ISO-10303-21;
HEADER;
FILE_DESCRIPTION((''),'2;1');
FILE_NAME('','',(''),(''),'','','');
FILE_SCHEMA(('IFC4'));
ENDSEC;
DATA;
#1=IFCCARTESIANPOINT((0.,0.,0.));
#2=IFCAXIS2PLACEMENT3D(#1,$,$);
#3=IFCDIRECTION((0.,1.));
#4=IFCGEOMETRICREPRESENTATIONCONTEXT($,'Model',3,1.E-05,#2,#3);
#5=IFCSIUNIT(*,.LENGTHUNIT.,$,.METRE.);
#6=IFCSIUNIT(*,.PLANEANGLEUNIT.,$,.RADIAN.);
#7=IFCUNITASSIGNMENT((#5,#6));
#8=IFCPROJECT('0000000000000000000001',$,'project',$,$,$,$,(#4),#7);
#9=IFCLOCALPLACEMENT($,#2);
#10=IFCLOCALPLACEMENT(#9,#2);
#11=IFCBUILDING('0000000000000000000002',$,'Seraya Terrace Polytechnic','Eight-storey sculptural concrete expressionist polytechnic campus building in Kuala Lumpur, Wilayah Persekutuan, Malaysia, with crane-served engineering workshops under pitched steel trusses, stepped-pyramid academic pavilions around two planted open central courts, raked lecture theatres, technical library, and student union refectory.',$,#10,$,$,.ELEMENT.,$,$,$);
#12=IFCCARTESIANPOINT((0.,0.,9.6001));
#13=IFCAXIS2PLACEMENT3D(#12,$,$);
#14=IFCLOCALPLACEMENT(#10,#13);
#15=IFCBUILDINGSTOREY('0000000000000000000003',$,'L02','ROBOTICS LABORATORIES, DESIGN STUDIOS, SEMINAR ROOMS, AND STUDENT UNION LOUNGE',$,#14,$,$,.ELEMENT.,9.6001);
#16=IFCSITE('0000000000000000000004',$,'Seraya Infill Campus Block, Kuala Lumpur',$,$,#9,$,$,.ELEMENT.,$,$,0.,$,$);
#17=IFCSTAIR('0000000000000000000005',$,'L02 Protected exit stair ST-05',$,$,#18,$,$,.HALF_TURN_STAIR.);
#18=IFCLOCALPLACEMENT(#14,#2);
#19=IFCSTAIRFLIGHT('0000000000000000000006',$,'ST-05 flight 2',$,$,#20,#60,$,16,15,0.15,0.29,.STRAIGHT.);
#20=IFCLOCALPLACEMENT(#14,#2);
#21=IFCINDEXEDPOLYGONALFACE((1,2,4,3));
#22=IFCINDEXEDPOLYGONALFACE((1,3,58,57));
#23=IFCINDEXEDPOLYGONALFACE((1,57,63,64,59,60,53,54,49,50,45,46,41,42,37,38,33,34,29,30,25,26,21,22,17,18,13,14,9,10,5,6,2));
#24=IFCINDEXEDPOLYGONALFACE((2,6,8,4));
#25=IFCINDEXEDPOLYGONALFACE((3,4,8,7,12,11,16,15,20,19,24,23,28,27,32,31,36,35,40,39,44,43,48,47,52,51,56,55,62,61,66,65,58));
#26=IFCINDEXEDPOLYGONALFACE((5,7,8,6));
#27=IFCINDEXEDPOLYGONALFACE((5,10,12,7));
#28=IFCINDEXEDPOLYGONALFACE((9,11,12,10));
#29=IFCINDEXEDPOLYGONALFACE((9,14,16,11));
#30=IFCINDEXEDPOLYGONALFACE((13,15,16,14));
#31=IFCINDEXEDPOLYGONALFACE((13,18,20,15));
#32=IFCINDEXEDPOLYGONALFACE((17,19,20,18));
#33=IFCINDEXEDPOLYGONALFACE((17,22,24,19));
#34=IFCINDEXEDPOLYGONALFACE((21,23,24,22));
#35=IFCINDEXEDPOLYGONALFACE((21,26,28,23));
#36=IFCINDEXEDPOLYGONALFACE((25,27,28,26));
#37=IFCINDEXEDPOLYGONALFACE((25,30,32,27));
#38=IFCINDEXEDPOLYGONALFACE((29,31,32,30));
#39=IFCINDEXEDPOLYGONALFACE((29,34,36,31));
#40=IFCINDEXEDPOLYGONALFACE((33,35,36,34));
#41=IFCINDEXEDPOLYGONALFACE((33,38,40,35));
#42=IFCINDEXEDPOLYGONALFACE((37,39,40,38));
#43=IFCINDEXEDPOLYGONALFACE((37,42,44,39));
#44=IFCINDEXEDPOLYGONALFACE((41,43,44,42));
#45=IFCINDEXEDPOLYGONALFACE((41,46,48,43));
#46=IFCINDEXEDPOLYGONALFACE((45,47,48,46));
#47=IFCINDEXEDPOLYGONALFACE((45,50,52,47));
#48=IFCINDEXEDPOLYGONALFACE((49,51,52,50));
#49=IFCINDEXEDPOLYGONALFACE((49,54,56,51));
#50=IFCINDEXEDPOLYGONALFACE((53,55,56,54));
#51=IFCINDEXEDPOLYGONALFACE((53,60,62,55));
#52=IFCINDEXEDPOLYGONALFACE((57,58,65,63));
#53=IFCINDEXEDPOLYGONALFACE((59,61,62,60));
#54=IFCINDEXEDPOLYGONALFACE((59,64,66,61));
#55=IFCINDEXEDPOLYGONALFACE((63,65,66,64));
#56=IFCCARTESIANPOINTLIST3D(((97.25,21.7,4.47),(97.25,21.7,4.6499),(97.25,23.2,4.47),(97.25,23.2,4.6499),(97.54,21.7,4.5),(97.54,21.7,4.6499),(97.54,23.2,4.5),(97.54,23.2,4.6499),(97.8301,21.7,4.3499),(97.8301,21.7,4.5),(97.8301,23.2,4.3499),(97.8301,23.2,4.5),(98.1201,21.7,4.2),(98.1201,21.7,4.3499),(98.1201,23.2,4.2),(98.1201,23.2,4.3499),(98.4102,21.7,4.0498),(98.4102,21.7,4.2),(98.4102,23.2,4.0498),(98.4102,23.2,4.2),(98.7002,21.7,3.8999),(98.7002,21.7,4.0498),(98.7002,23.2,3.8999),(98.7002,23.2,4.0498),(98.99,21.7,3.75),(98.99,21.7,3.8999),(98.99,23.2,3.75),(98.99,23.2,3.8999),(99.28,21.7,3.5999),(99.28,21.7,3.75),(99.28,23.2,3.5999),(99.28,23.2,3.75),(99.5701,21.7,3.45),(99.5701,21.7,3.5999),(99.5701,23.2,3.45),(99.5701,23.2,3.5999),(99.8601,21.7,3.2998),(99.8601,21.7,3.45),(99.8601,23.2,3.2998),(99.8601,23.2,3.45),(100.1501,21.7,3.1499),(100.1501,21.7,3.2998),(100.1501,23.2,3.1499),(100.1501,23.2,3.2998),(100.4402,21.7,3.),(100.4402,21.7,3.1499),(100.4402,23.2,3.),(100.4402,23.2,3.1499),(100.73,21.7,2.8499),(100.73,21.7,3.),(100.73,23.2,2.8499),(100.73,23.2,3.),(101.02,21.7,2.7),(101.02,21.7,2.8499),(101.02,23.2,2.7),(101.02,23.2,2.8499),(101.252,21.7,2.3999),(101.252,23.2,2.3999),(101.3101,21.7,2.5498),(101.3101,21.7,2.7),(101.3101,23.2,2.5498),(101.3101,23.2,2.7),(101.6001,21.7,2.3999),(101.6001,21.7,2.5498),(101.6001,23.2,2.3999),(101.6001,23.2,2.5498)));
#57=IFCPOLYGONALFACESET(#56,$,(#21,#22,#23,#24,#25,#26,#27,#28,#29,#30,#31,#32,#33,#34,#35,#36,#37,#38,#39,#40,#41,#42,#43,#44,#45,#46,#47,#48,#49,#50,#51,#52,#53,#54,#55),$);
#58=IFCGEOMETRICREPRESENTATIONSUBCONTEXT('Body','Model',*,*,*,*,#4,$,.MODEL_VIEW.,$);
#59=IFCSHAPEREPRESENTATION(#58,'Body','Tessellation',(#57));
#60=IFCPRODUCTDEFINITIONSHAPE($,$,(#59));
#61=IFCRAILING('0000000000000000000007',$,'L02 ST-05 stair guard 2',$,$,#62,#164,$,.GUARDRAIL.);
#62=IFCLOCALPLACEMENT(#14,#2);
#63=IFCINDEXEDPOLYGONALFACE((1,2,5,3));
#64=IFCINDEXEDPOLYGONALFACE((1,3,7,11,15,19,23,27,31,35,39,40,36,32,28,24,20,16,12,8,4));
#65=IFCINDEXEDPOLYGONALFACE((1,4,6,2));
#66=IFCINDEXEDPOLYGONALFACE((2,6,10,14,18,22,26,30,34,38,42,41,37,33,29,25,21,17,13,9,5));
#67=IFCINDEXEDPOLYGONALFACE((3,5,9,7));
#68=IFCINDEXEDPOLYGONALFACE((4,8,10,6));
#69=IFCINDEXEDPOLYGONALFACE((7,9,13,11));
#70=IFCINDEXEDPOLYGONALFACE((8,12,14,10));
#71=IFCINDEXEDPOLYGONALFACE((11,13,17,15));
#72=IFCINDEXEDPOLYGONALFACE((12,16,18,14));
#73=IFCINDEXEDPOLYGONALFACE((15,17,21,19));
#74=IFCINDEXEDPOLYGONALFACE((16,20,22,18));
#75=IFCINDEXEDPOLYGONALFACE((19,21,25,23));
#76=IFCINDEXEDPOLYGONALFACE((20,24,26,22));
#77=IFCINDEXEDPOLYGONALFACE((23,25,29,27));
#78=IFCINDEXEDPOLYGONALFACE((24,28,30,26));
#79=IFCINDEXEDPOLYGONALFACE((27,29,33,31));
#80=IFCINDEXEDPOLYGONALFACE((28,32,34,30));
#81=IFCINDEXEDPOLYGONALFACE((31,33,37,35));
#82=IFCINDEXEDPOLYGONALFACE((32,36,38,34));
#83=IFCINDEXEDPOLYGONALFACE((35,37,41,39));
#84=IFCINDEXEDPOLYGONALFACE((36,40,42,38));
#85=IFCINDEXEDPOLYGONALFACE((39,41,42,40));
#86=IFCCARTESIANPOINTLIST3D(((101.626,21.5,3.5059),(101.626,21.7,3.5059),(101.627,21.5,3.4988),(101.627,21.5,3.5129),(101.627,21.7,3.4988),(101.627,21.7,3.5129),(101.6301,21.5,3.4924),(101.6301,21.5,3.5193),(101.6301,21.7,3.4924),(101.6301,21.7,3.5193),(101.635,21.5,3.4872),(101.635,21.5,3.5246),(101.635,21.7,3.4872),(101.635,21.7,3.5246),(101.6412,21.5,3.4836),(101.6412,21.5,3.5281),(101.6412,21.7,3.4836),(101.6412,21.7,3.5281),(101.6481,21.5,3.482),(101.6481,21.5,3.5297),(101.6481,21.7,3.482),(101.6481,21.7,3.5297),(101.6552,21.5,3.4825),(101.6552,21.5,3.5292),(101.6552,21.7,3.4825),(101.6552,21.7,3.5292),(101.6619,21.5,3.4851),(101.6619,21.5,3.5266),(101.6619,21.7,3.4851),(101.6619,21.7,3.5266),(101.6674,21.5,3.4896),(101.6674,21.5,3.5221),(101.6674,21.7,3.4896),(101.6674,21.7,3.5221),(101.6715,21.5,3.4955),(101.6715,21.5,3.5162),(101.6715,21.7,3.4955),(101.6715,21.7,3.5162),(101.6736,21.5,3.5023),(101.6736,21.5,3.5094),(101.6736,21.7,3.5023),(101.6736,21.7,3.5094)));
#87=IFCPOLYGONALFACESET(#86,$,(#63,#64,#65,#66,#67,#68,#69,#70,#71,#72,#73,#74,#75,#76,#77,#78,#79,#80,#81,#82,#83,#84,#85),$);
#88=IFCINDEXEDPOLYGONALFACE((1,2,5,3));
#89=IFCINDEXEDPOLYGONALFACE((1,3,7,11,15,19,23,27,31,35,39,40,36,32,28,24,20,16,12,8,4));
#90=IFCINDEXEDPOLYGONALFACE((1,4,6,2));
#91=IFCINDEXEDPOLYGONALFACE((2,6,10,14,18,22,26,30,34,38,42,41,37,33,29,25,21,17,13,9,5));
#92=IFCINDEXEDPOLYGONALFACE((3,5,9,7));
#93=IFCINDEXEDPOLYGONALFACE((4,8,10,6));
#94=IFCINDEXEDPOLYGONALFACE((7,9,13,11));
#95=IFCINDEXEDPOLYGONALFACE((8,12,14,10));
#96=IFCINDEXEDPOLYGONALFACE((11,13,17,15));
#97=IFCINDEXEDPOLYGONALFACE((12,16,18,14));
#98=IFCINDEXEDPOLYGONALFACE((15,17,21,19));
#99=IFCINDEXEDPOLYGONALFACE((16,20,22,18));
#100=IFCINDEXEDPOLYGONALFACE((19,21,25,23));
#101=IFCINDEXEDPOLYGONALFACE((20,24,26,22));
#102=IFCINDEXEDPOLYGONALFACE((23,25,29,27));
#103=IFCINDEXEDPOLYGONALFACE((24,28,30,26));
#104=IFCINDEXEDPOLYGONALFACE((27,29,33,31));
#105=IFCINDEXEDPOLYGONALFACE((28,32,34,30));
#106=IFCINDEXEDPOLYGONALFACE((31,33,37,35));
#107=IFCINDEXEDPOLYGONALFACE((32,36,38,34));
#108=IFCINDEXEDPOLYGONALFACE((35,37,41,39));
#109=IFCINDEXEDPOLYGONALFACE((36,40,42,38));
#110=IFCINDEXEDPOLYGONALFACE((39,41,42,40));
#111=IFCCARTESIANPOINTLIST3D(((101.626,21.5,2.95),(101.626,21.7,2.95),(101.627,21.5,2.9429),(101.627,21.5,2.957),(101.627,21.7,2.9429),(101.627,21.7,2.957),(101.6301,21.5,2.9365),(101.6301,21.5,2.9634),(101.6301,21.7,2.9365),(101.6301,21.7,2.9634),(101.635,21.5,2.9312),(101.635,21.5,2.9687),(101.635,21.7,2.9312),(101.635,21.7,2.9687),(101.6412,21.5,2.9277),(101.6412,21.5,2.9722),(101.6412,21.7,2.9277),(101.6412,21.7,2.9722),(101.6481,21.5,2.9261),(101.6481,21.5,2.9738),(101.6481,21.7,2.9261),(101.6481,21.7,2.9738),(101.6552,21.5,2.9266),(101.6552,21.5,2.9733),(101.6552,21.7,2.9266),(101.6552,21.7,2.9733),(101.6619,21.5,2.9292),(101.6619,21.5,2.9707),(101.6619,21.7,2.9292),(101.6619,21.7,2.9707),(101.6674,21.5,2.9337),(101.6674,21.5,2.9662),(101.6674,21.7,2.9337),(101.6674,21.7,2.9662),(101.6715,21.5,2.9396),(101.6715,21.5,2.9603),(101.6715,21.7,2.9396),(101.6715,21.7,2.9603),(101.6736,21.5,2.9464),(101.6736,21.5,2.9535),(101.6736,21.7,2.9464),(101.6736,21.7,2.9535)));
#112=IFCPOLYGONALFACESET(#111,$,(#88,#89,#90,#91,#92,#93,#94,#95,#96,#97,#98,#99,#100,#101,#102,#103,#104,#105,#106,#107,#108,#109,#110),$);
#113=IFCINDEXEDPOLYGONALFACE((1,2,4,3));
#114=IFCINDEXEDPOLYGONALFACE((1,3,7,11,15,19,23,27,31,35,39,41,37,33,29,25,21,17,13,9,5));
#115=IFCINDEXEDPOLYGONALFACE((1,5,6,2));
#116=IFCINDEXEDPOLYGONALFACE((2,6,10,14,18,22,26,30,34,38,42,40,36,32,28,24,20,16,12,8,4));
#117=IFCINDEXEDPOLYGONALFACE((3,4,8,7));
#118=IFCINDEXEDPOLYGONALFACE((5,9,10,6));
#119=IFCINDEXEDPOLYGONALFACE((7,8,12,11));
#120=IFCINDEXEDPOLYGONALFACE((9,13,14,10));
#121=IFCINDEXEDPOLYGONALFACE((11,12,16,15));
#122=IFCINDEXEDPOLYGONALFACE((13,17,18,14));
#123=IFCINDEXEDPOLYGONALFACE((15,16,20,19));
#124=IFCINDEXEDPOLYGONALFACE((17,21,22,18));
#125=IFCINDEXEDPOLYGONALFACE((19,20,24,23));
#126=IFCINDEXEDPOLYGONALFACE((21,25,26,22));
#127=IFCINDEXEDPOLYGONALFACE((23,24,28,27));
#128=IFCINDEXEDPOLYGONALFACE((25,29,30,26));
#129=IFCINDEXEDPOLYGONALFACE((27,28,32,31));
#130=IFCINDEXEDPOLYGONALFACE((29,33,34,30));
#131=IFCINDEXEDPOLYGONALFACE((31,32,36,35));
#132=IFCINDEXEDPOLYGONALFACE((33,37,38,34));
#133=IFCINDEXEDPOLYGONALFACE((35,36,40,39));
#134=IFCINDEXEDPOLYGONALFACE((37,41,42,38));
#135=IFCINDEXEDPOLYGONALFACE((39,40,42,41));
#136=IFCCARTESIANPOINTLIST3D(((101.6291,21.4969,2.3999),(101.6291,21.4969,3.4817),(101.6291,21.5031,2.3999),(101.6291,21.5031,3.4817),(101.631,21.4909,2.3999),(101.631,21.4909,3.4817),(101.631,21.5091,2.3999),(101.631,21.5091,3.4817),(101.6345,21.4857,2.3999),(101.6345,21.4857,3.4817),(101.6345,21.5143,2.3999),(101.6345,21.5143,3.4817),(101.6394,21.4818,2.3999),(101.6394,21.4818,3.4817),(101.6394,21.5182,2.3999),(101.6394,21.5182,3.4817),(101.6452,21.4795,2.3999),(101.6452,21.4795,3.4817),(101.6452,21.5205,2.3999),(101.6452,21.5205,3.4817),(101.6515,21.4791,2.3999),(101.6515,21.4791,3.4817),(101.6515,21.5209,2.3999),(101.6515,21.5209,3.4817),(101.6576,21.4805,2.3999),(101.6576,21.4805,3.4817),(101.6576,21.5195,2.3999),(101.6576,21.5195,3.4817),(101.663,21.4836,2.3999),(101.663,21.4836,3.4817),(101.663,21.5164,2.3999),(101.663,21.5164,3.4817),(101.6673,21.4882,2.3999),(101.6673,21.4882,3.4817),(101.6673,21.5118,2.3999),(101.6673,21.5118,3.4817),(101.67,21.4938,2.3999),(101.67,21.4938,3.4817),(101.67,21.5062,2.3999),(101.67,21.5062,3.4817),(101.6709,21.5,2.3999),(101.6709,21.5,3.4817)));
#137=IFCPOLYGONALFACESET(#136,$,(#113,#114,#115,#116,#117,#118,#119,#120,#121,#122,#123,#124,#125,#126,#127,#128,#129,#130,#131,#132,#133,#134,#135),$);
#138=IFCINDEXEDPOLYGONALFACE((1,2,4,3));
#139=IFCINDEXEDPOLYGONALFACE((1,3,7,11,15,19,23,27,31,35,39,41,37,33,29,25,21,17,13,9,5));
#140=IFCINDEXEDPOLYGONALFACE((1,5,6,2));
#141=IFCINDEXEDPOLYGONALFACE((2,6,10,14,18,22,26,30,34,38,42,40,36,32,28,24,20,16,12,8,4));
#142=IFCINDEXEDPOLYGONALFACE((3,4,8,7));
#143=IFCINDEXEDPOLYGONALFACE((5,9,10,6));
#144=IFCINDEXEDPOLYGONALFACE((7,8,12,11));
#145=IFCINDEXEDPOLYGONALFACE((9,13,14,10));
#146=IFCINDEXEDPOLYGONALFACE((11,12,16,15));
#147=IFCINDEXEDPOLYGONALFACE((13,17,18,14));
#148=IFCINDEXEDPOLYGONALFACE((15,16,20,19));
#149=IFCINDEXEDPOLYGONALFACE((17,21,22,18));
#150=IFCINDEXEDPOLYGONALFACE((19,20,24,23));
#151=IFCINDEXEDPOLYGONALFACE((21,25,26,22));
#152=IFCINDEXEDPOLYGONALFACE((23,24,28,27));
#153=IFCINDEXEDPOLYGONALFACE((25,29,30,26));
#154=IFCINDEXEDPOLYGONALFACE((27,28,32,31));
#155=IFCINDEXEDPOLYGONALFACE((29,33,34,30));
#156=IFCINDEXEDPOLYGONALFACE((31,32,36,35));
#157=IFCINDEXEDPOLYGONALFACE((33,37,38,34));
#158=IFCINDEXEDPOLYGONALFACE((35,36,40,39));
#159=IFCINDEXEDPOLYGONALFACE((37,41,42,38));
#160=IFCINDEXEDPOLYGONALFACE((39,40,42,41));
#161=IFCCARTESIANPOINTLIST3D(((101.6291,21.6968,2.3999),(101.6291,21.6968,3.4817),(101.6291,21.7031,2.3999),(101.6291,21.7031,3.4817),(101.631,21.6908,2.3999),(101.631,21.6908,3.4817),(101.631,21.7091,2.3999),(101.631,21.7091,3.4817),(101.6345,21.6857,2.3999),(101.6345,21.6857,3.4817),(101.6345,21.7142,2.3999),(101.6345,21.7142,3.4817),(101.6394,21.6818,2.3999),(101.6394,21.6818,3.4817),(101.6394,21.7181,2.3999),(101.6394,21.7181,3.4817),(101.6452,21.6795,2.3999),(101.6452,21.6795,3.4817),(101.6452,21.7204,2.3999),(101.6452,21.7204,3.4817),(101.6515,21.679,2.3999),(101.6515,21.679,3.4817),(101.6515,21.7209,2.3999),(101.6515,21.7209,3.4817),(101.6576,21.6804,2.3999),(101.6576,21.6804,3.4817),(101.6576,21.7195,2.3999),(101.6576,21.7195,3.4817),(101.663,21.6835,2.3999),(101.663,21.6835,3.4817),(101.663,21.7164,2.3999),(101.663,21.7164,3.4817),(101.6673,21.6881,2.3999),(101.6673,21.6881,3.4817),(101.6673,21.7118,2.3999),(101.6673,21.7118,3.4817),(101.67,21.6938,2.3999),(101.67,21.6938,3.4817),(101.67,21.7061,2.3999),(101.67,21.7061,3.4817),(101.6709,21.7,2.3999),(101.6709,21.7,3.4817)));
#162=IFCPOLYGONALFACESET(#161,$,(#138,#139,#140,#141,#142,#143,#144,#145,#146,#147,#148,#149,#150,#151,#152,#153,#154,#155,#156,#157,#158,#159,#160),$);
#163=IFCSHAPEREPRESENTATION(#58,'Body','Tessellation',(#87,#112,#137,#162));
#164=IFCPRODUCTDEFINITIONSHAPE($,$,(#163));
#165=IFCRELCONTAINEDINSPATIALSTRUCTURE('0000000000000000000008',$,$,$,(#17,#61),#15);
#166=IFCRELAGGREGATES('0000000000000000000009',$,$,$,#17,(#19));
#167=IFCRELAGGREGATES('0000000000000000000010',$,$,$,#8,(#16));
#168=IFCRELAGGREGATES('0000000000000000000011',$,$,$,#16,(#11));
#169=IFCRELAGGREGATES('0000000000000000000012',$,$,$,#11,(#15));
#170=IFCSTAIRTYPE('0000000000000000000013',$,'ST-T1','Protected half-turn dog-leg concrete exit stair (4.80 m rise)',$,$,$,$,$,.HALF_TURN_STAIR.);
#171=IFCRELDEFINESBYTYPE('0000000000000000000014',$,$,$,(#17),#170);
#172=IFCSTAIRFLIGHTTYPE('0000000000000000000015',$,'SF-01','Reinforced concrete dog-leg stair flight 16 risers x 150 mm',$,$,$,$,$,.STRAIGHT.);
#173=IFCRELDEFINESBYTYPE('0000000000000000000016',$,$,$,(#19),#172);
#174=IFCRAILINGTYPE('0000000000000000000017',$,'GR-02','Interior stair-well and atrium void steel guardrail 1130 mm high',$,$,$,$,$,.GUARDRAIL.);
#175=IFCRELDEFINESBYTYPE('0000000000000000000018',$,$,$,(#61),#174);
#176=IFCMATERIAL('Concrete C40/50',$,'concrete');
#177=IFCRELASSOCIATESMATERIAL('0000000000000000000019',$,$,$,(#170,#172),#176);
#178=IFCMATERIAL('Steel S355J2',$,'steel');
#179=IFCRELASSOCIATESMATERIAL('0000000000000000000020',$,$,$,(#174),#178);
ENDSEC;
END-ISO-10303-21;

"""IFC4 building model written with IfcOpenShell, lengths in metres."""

from ifc_helpers import new_model, si_unit, direction, frame, origin, origin_2d, place, context, subcontext, project, spatial, polyline, circle, outline, extrude, material, type_object, element, aggregate, save


model = new_model("IFC4")

# Units and contexts
model_context = context("Model", 3, precision=1e-05, world=origin(), true_north=direction((0.0, 1.0)))
body_context = subcontext(model_context, "Body", "Model", "MODEL_VIEW")
ifc_project = project(units=[si_unit("LENGTHUNIT", "METRE"), si_unit("PLANEANGLEUNIT", "RADIAN")], contexts=[model_context])

# Site, building, storey
site_placement = place(None, origin())
site = spatial("IfcSite", under=ifc_project, at=site_placement, Name="Seraya Infill Campus Block, Kuala Lumpur", CompositionType="ELEMENT", RefElevation=0.0)
building_placement = place(site_placement, origin())
building = spatial("IfcBuilding", under=site, at=building_placement, Name="Seraya Terrace Polytechnic", Description="Eight-storey sculptural concrete expressionist polytechnic campus building in Kuala Lumpur, Wilayah Persekutuan, Malaysia, with crane-served engineering workshops under pitched steel trusses, stepped-pyramid academic pavilions around two planted open central courts, raked lecture theatres, technical library, and student union refectory.", CompositionType="ELEMENT")
storey_placement = place(building_placement, frame((0.0, 0.0, 9.6001)))
storey = spatial("IfcBuildingStorey", under=building, at=storey_placement, Name="L02", Description="ROBOTICS LABORATORIES, DESIGN STUDIOS, SEMINAR ROOMS, AND STUDENT UNION LOUNGE", CompositionType="ELEMENT", Elevation=9.6001)

# Shared definitions
ifc_material_1 = material(Name="Concrete C40/50", Category="concrete")

# Shared definitions
ifc_material_2 = material(Name="Steel S355J2", Category="steel")

# Stair, stair flight
stair_type = type_object("IfcStairType", Name="ST-T1", Description="Protected half-turn dog-leg concrete exit stair (4.80 m rise)", PredefinedType="HALF_TURN_STAIR", material=ifc_material_1)
stair_placement = place(storey_placement, origin())
stair = element("IfcStair", 1, at=stair_placement, inside=storey, type_object=stair_type, Name="L02 Protected exit stair ST-05", PredefinedType="HALF_TURN_STAIR")
stair_flight_type = type_object("IfcStairFlightType", Name="SF-01", Description="Reinforced concrete dog-leg stair flight 16 risers x 150 mm", PredefinedType="STRAIGHT", material=ifc_material_1)
stair_flight_1_placement = place(storey_placement, frame((101.6001, 22.45, 2.3999), z_axis=(0.0, 0.0, 1.0), x_axis=(-1.0, 0.0, 0.0)))
stair_flight_1 = element("IfcStairFlight", 2, at=stair_flight_1_placement, type_object=stair_flight_type, Name="ST-05 flight 2", NumberOfRisers=16, NumberOfTreads=15, PredefinedType="STRAIGHT", RiserHeight=0.15, TreadLength=0.29, context=body_context, shape_type="SweptSolid", body=[
    extrude(outline(polyline([(0.0, 0.0), (0.0, 0.1499), (0.29, 0.1499), (0.29, 0.3), (0.5801, 0.3), (0.5801, 0.45), (0.8701, 0.45), (0.8701, 0.6001), (1.1599, 0.6001), (1.1599, 0.75), (1.45, 0.75), (1.45, 0.8999), (1.74, 0.8999), (1.74, 1.05), (2.03, 1.05), (2.03, 1.2), (2.3201, 1.2), (2.3201, 1.3501), (2.6101, 1.3501), (2.6101, 1.5), (2.8999, 1.5), (2.8999, 1.6499), (3.1899, 1.6499), (3.1899, 1.8), (3.48, 1.8), (3.48, 1.95), (3.77, 1.95), (3.77, 2.1001), (4.0601, 2.1001), (4.0601, 2.25), (4.3501, 2.25), (4.3501, 2.3999), (4.3501, 2.0701), (0.3481, 0.0), (0.0, 0.0)])), frame((0.0, 0.75, 0.0), z_axis=(0.0, -1.0, 0.0), x_axis=(1.0, 0.0, 0.0)), (0.0, 0.0, 1.0), 1.5),
])
aggregate(stair, [stair_flight_1])

# Railing
railing_type_1 = type_object("IfcRailingType", Name="GR-02", Description="Interior stair-well and atrium void steel guardrail 1130 mm high", PredefinedType="GUARDRAIL", material=ifc_material_2)
railing_1_placement = place(storey_placement, frame((101.6499, 21.5, 2.3999)))
element("IfcRailing", 3, at=railing_1_placement, inside=storey, type_object=railing_type_1, Name="L02 ST-05 stair guard 2", PredefinedType="GUARDRAIL", context=body_context, shape_type="SweptSolid", body=[
    extrude(circle(Radius=0.0239, at=origin_2d()), frame((0.0, 0.0, 1.106), z_axis=(0.0, 1.0, 0.0), x_axis=(-1.0, 0.0, 0.0)), (0.0, 0.0, 1.0), 0.2),
    extrude(circle(Radius=0.0239, at=origin_2d()), frame((0.0, 0.0, 0.55), z_axis=(0.0, 1.0, 0.0), x_axis=(-1.0, 0.0, 0.0)), (0.0, 0.0, 1.0), 0.2),
    extrude(circle(Radius=0.021, at=origin_2d()), origin(), (0.0, 0.0, 1.0), 1.0818),
    extrude(circle(Radius=0.021, at=origin_2d()), frame((0.0, 0.2, 0.0)), (0.0, 0.0, 1.0), 1.0818),
])

save(model, "model.ifc")
